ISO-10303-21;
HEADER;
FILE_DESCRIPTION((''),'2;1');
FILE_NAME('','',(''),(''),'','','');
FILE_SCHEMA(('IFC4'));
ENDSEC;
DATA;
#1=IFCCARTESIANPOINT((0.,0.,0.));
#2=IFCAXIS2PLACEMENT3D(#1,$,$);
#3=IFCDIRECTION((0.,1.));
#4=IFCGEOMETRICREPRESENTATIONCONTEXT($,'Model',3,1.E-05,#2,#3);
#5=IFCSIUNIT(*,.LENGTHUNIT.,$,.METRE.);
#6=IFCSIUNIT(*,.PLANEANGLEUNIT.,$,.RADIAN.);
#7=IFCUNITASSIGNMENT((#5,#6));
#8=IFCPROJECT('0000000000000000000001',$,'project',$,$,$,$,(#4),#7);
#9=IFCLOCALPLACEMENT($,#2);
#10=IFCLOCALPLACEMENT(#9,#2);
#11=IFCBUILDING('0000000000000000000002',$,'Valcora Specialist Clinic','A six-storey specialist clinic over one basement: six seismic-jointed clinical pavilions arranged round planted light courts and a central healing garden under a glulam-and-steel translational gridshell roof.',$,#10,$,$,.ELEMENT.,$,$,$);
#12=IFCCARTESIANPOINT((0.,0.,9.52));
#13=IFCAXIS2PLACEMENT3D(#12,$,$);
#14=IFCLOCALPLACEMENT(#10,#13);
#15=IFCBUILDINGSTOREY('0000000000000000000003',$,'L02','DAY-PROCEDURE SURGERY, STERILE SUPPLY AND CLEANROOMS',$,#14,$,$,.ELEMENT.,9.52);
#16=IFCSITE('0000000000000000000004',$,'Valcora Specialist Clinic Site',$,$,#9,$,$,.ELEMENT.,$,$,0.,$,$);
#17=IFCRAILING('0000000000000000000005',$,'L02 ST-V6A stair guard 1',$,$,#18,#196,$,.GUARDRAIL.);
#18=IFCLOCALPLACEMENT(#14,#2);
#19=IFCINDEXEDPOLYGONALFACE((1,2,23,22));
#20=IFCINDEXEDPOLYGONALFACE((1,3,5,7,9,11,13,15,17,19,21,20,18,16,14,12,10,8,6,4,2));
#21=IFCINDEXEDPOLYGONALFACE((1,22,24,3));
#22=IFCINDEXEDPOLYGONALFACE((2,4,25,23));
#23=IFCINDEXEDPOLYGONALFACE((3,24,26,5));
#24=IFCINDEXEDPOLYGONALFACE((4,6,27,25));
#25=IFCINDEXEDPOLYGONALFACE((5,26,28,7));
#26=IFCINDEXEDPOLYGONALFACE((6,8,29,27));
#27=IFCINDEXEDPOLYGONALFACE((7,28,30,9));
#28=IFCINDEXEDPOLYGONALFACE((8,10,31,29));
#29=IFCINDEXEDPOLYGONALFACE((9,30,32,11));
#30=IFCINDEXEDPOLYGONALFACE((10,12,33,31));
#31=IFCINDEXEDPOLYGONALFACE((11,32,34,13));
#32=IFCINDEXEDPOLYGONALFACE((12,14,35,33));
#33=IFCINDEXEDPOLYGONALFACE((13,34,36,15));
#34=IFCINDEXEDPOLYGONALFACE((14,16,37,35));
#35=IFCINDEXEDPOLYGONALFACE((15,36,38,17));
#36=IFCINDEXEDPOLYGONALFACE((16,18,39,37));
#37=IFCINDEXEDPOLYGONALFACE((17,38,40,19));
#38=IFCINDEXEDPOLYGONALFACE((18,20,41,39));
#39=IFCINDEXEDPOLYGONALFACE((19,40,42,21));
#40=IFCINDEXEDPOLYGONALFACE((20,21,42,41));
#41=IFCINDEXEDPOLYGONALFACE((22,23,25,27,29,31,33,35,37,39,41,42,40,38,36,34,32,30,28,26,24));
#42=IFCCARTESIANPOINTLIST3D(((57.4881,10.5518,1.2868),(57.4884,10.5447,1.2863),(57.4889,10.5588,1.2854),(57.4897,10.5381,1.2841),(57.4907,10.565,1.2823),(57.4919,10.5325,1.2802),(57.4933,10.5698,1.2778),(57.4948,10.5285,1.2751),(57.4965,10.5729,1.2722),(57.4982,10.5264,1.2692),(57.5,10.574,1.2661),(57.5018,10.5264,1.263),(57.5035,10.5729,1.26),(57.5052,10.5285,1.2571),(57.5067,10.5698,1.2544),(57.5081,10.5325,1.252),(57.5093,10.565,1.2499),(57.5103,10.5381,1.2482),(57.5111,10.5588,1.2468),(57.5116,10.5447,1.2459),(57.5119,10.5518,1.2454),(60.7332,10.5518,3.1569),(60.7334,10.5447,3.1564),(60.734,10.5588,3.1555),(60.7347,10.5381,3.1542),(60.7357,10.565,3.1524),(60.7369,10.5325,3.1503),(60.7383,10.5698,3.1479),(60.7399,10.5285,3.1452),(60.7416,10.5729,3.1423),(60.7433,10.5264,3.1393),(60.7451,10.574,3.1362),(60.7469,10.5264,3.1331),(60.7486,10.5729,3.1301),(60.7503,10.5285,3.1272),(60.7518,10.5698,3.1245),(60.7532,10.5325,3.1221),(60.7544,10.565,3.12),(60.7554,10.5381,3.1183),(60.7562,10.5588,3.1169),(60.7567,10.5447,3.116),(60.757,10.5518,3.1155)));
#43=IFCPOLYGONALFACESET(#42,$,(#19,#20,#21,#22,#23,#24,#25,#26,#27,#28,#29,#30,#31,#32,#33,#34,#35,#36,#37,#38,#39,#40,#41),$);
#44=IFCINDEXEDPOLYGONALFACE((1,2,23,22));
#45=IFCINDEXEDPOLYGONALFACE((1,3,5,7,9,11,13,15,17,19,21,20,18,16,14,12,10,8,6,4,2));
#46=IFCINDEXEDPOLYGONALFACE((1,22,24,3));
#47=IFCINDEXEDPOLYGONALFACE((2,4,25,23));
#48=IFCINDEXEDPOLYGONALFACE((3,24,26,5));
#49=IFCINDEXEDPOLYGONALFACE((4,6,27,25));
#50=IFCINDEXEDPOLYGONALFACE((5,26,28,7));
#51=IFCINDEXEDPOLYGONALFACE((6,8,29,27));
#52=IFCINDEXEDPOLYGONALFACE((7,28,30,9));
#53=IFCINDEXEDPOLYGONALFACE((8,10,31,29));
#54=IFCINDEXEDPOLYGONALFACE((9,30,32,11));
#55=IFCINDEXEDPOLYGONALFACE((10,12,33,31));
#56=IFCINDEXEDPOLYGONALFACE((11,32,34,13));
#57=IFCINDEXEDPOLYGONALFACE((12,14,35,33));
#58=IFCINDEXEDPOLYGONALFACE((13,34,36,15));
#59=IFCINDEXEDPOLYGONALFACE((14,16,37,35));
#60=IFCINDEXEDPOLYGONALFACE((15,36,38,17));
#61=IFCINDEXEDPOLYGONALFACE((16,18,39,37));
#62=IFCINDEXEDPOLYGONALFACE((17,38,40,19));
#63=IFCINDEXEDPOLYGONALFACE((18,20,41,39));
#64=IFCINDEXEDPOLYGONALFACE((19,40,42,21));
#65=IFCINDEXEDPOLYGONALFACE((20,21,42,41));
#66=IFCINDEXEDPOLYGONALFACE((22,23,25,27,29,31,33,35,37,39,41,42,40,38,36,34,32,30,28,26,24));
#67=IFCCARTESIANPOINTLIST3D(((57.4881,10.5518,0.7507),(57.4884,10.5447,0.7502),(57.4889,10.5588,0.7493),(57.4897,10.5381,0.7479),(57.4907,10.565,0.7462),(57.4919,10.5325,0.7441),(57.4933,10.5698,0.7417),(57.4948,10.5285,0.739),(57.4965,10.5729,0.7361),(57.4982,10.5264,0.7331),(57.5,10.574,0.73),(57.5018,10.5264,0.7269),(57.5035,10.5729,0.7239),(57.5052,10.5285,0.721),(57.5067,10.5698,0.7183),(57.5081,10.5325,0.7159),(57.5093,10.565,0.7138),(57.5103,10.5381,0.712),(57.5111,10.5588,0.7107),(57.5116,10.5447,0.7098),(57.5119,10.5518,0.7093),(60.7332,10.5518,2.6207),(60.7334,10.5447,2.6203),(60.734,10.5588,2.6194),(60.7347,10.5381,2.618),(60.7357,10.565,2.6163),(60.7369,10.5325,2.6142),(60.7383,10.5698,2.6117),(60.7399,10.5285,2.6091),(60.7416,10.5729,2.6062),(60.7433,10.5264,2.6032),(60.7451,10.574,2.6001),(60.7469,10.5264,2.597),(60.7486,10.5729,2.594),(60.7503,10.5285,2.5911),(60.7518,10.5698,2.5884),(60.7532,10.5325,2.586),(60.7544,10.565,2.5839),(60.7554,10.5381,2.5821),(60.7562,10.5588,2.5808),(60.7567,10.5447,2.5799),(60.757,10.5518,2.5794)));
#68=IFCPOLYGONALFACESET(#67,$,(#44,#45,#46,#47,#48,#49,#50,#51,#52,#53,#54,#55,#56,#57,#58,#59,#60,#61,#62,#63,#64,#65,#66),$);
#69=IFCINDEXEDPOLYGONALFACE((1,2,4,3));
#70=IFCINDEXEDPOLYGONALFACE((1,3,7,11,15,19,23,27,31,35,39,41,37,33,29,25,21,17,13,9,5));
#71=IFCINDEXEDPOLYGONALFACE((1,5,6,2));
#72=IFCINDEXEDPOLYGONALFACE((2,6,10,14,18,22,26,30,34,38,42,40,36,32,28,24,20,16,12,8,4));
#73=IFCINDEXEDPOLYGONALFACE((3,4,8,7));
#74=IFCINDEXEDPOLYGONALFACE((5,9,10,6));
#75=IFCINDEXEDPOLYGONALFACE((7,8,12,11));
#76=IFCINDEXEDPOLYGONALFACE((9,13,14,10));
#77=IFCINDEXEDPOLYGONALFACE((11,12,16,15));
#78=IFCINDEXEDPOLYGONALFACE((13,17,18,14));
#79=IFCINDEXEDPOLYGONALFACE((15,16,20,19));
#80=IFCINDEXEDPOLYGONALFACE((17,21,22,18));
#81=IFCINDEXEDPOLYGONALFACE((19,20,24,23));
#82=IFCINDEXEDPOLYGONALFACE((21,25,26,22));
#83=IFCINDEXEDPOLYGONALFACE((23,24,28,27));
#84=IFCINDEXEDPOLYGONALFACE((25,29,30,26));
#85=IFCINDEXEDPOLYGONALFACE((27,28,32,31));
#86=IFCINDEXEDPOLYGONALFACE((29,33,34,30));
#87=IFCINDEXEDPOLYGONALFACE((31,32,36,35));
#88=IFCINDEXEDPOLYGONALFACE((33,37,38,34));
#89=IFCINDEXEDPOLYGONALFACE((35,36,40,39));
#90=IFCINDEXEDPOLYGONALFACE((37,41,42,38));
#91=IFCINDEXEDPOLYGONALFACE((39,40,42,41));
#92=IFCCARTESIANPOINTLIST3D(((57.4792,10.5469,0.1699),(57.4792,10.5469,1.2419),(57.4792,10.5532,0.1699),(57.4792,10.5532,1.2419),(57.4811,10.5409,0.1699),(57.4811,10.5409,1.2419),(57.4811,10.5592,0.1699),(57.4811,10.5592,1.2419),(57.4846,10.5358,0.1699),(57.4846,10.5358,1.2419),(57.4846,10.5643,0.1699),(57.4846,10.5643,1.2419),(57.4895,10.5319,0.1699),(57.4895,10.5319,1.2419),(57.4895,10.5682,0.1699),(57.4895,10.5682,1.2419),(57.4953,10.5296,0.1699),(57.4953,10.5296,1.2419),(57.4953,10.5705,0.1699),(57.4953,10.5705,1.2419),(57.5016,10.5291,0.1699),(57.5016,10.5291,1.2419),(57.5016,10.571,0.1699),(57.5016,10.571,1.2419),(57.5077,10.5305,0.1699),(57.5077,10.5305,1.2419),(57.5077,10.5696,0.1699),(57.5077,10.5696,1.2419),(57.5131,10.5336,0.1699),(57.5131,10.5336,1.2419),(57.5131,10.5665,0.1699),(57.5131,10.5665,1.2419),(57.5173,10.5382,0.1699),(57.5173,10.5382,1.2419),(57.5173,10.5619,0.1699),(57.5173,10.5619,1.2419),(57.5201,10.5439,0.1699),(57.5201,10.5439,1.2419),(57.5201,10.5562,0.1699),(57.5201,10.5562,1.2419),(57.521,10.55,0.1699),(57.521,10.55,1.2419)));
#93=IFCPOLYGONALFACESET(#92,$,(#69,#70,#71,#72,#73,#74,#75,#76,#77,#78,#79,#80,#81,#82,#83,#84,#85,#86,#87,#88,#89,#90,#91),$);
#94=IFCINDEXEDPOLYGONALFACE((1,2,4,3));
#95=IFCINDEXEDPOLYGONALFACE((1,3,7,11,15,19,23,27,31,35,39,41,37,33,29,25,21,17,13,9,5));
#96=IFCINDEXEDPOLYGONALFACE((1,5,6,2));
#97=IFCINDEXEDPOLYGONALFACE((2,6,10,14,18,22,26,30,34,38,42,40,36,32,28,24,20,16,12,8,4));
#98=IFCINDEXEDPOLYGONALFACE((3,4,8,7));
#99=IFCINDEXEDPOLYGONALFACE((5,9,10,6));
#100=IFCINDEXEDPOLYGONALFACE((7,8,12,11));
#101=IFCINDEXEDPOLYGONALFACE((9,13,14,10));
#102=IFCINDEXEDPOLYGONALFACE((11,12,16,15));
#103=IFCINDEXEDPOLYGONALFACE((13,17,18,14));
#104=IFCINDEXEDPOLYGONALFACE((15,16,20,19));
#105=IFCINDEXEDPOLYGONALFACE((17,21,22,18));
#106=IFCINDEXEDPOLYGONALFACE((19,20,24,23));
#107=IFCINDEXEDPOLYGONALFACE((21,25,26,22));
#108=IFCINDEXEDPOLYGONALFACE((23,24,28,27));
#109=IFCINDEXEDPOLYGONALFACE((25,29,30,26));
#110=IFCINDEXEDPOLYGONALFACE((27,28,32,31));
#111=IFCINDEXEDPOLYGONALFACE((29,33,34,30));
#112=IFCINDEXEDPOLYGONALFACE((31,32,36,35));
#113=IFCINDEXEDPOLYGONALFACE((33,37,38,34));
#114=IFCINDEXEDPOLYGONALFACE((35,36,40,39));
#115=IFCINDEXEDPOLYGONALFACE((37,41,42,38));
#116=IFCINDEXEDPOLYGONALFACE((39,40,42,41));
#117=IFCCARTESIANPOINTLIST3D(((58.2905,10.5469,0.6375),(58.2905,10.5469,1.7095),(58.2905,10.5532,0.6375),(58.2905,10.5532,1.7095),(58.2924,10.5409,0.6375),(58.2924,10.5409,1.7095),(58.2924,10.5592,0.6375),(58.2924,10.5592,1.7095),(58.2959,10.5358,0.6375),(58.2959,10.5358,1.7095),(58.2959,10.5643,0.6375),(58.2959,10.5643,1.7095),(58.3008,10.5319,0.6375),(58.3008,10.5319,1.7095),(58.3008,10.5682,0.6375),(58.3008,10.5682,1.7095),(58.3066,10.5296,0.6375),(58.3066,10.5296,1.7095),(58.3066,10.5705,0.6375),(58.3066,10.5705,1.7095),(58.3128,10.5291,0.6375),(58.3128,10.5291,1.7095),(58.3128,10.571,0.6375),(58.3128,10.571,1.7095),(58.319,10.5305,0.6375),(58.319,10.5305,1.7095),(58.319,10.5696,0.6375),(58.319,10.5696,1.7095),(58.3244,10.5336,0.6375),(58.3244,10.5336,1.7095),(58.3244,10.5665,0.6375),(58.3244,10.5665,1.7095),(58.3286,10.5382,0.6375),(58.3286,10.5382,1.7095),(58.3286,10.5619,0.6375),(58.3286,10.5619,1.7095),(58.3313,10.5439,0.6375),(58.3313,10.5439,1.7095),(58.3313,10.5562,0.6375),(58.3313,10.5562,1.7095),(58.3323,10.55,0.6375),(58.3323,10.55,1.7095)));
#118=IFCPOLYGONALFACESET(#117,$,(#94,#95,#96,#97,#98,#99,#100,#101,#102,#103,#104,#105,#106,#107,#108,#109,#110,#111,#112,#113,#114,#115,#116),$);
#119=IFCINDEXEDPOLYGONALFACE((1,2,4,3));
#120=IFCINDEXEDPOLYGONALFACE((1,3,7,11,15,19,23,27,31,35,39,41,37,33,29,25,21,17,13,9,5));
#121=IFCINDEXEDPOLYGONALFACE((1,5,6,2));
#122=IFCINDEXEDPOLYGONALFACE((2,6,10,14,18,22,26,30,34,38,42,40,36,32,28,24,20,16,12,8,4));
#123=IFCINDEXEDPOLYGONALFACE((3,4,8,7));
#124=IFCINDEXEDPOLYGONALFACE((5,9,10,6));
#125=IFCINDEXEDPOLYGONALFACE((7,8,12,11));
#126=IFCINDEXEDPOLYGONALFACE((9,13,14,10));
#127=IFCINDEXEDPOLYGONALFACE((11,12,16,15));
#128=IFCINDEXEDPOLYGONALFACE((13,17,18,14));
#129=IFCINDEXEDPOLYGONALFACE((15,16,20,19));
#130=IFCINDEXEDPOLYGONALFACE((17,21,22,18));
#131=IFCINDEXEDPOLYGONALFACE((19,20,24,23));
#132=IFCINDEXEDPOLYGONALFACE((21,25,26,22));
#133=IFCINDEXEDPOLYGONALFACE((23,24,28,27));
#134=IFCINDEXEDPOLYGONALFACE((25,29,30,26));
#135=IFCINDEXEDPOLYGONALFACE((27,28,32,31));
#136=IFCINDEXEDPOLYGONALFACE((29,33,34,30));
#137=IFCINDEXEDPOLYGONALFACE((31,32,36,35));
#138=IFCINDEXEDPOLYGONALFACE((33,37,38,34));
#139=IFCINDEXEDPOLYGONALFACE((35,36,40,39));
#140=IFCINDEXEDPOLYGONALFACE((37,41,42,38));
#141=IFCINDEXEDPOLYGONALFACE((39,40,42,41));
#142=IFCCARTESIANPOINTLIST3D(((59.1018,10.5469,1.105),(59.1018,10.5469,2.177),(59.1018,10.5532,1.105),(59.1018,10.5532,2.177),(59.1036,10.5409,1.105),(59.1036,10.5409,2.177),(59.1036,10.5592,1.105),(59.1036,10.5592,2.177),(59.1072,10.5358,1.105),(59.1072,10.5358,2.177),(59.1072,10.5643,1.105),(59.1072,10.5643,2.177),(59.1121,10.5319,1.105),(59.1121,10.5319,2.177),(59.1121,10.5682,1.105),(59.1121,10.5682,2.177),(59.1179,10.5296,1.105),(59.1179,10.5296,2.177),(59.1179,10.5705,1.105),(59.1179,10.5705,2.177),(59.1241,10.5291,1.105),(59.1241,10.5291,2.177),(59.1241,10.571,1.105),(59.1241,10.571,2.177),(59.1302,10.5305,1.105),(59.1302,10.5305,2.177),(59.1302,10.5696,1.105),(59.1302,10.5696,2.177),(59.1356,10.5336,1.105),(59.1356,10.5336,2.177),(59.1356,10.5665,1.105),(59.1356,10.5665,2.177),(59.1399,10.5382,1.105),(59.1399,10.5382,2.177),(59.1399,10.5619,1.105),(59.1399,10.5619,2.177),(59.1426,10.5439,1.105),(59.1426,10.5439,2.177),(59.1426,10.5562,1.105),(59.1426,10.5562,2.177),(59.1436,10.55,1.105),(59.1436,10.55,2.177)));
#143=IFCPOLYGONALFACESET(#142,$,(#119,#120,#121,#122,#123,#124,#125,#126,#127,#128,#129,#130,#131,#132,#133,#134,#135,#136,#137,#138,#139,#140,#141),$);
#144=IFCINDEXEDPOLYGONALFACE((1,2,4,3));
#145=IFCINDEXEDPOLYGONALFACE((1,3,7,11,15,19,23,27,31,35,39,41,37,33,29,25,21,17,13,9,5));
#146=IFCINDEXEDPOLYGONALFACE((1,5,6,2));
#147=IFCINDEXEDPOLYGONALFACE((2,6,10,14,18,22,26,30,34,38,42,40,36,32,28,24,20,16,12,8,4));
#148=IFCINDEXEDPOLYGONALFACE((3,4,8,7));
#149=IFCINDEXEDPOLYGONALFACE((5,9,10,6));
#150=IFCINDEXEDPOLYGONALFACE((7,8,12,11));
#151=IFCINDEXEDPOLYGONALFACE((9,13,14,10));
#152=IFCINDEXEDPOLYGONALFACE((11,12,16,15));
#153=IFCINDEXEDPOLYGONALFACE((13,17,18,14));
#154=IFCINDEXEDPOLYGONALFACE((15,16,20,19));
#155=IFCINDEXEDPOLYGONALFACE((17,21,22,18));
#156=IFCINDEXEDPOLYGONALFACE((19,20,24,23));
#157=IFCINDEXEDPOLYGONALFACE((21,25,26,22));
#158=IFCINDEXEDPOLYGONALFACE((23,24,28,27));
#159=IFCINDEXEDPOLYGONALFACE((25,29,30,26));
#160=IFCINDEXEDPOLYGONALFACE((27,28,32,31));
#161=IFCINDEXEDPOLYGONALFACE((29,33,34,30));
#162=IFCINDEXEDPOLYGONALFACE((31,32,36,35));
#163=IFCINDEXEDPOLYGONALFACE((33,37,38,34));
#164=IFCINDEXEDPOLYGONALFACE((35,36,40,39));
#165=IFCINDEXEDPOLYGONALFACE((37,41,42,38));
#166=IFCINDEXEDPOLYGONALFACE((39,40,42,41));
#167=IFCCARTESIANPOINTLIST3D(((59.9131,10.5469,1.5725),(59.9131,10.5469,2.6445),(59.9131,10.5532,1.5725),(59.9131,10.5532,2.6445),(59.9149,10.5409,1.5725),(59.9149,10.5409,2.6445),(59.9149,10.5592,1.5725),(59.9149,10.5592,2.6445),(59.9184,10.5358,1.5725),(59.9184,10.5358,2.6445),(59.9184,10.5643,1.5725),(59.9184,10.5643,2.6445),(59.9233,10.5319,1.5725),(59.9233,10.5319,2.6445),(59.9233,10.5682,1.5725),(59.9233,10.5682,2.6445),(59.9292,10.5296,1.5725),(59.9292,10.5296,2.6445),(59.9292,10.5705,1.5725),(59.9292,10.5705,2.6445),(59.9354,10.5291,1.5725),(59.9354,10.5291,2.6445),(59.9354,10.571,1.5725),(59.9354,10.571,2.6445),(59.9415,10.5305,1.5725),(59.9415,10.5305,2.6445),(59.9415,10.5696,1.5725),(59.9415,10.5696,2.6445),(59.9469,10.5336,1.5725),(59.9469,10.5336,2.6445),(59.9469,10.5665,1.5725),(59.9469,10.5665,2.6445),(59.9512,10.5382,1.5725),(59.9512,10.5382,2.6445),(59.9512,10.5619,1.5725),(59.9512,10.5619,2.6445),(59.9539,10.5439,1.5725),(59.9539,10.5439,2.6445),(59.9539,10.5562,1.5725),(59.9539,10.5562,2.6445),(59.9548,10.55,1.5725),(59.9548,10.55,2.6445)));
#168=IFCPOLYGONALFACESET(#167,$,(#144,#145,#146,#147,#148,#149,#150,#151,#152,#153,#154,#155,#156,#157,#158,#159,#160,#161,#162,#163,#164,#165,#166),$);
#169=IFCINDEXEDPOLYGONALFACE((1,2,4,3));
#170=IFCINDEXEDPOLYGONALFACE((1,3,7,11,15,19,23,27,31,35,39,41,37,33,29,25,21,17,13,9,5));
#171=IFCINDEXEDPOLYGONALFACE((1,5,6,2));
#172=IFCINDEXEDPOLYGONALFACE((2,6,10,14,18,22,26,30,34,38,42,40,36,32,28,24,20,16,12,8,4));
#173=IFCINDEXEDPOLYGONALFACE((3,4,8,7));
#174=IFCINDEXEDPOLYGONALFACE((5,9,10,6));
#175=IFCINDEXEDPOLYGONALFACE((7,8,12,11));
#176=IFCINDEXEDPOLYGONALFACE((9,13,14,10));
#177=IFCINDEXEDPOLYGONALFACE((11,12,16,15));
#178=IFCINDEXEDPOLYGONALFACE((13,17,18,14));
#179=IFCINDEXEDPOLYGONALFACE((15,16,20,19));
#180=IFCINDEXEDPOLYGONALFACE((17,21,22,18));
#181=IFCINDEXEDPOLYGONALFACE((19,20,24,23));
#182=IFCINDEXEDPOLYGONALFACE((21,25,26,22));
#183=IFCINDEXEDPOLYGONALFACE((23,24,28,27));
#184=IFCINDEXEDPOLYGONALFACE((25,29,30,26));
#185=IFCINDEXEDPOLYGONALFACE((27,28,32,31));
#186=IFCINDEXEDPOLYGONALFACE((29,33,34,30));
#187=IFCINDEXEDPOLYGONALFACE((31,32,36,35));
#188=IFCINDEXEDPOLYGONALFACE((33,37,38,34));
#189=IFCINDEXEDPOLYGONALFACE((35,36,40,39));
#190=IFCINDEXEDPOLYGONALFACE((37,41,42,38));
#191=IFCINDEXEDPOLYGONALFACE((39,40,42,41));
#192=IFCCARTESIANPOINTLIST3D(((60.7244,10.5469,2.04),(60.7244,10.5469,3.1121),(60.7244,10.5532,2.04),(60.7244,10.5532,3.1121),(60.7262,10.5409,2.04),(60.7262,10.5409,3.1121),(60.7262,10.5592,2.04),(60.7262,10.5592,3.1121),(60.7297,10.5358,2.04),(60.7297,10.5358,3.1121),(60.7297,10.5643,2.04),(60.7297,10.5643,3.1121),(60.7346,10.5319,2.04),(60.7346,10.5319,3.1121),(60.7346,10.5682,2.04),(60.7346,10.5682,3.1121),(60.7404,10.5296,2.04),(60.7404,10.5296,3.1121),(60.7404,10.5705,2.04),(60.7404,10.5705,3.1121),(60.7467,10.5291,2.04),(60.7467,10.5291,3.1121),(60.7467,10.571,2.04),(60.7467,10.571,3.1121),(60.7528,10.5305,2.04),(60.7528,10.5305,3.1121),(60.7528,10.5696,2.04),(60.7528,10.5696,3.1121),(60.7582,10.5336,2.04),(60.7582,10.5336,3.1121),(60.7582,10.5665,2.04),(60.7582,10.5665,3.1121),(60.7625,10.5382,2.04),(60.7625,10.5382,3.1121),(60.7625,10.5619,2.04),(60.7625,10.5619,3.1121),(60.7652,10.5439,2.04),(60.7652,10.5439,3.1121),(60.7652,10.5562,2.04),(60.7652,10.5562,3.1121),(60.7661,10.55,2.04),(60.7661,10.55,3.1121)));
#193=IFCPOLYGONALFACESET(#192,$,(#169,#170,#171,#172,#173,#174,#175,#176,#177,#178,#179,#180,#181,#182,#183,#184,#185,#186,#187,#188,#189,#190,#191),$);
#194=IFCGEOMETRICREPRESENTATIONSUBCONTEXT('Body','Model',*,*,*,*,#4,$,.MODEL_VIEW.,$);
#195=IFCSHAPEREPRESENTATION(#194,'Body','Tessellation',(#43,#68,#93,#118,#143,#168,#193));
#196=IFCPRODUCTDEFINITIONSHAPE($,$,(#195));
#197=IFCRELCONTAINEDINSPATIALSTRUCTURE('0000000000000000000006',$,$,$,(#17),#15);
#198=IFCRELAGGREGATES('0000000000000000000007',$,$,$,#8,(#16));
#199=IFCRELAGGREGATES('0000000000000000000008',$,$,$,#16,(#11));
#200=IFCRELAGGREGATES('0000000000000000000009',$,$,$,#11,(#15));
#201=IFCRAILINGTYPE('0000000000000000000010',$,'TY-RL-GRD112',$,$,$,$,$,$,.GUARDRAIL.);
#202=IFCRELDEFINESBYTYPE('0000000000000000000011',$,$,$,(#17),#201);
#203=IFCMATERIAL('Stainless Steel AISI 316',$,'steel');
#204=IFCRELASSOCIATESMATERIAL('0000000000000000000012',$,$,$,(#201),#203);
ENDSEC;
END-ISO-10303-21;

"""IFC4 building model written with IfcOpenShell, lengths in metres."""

from ifc_helpers import new_model, si_unit, direction, frame, origin, origin_2d, place, context, subcontext, project, spatial, circle, extrude, material, type_object, element, save


model = new_model("IFC4")

# Units and contexts
model_context = context("Model", 3, precision=1e-05, world=origin(), true_north=direction((0.0, 1.0)))
body_context = subcontext(model_context, "Body", "Model", "MODEL_VIEW")
ifc_project = project(units=[si_unit("LENGTHUNIT", "METRE"), si_unit("PLANEANGLEUNIT", "RADIAN")], contexts=[model_context])

# Site, building, storey
site_placement = place(None, origin())
site = spatial("IfcSite", under=ifc_project, at=site_placement, Name="Valcora Specialist Clinic Site", CompositionType="ELEMENT", RefElevation=0.0)
building_placement = place(site_placement, origin())
building = spatial("IfcBuilding", under=site, at=building_placement, Name="Valcora Specialist Clinic", Description="A six-storey specialist clinic over one basement: six seismic-jointed clinical pavilions arranged round planted light courts and a central healing garden under a glulam-and-steel translational gridshell roof.", CompositionType="ELEMENT")
storey_placement = place(building_placement, frame((0.0, 0.0, 9.52)))
storey = spatial("IfcBuildingStorey", under=building, at=storey_placement, Name="L02", Description="DAY-PROCEDURE SURGERY, STERILE SUPPLY AND CLEANROOMS", CompositionType="ELEMENT", Elevation=9.52)

# Railing
ifc_material_1 = material(Name="Stainless Steel AISI 316", Category="steel")
railing_type_1 = type_object("IfcRailingType", Name="TY-RL-GRD112", PredefinedType="GUARDRAIL", material=ifc_material_1)
railing_1_placement = place(storey_placement, frame((57.5, 10.55, 0.1699)))
element("IfcRailing", 1, at=railing_1_placement, inside=storey, type_object=railing_type_1, Name="L02 ST-V6A stair guard 1", PredefinedType="GUARDRAIL", context=body_context, shape_type="SweptSolid", body=[
    extrude(circle(Radius=0.0239, at=origin_2d()), frame((0.0, 0.0, 1.0962), z_axis=(0.866424, 0.0, 0.499309), x_axis=(0.0, 1.0, 0.0)), (0.0, 0.0, 1.0), 3.7454),
    extrude(circle(Radius=0.0239, at=origin_2d()), frame((0.0, 0.0, 0.5601), z_axis=(0.866424, 0.0, 0.499309), x_axis=(0.0, 1.0, 0.0)), (0.0, 0.0, 1.0), 3.7454),
    extrude(circle(Radius=0.021, at=origin_2d()), origin(), (0.0, 0.0, 1.0), 1.072),
    extrude(circle(Radius=0.021, at=origin_2d()), frame((0.8113, 0.0, 0.4675)), (0.0, 0.0, 1.0), 1.072),
    extrude(circle(Radius=0.021, at=origin_2d()), frame((1.6226, 0.0, 0.9351)), (0.0, 0.0, 1.0), 1.072),
    extrude(circle(Radius=0.021, at=origin_2d()), frame((2.4338, 0.0, 1.4026)), (0.0, 0.0, 1.0), 1.072),
    extrude(circle(Radius=0.021, at=origin_2d()), frame((3.2451, 0.0, 1.8701)), (0.0, 0.0, 1.0), 1.072),
])

save(model, "model.ifc")
